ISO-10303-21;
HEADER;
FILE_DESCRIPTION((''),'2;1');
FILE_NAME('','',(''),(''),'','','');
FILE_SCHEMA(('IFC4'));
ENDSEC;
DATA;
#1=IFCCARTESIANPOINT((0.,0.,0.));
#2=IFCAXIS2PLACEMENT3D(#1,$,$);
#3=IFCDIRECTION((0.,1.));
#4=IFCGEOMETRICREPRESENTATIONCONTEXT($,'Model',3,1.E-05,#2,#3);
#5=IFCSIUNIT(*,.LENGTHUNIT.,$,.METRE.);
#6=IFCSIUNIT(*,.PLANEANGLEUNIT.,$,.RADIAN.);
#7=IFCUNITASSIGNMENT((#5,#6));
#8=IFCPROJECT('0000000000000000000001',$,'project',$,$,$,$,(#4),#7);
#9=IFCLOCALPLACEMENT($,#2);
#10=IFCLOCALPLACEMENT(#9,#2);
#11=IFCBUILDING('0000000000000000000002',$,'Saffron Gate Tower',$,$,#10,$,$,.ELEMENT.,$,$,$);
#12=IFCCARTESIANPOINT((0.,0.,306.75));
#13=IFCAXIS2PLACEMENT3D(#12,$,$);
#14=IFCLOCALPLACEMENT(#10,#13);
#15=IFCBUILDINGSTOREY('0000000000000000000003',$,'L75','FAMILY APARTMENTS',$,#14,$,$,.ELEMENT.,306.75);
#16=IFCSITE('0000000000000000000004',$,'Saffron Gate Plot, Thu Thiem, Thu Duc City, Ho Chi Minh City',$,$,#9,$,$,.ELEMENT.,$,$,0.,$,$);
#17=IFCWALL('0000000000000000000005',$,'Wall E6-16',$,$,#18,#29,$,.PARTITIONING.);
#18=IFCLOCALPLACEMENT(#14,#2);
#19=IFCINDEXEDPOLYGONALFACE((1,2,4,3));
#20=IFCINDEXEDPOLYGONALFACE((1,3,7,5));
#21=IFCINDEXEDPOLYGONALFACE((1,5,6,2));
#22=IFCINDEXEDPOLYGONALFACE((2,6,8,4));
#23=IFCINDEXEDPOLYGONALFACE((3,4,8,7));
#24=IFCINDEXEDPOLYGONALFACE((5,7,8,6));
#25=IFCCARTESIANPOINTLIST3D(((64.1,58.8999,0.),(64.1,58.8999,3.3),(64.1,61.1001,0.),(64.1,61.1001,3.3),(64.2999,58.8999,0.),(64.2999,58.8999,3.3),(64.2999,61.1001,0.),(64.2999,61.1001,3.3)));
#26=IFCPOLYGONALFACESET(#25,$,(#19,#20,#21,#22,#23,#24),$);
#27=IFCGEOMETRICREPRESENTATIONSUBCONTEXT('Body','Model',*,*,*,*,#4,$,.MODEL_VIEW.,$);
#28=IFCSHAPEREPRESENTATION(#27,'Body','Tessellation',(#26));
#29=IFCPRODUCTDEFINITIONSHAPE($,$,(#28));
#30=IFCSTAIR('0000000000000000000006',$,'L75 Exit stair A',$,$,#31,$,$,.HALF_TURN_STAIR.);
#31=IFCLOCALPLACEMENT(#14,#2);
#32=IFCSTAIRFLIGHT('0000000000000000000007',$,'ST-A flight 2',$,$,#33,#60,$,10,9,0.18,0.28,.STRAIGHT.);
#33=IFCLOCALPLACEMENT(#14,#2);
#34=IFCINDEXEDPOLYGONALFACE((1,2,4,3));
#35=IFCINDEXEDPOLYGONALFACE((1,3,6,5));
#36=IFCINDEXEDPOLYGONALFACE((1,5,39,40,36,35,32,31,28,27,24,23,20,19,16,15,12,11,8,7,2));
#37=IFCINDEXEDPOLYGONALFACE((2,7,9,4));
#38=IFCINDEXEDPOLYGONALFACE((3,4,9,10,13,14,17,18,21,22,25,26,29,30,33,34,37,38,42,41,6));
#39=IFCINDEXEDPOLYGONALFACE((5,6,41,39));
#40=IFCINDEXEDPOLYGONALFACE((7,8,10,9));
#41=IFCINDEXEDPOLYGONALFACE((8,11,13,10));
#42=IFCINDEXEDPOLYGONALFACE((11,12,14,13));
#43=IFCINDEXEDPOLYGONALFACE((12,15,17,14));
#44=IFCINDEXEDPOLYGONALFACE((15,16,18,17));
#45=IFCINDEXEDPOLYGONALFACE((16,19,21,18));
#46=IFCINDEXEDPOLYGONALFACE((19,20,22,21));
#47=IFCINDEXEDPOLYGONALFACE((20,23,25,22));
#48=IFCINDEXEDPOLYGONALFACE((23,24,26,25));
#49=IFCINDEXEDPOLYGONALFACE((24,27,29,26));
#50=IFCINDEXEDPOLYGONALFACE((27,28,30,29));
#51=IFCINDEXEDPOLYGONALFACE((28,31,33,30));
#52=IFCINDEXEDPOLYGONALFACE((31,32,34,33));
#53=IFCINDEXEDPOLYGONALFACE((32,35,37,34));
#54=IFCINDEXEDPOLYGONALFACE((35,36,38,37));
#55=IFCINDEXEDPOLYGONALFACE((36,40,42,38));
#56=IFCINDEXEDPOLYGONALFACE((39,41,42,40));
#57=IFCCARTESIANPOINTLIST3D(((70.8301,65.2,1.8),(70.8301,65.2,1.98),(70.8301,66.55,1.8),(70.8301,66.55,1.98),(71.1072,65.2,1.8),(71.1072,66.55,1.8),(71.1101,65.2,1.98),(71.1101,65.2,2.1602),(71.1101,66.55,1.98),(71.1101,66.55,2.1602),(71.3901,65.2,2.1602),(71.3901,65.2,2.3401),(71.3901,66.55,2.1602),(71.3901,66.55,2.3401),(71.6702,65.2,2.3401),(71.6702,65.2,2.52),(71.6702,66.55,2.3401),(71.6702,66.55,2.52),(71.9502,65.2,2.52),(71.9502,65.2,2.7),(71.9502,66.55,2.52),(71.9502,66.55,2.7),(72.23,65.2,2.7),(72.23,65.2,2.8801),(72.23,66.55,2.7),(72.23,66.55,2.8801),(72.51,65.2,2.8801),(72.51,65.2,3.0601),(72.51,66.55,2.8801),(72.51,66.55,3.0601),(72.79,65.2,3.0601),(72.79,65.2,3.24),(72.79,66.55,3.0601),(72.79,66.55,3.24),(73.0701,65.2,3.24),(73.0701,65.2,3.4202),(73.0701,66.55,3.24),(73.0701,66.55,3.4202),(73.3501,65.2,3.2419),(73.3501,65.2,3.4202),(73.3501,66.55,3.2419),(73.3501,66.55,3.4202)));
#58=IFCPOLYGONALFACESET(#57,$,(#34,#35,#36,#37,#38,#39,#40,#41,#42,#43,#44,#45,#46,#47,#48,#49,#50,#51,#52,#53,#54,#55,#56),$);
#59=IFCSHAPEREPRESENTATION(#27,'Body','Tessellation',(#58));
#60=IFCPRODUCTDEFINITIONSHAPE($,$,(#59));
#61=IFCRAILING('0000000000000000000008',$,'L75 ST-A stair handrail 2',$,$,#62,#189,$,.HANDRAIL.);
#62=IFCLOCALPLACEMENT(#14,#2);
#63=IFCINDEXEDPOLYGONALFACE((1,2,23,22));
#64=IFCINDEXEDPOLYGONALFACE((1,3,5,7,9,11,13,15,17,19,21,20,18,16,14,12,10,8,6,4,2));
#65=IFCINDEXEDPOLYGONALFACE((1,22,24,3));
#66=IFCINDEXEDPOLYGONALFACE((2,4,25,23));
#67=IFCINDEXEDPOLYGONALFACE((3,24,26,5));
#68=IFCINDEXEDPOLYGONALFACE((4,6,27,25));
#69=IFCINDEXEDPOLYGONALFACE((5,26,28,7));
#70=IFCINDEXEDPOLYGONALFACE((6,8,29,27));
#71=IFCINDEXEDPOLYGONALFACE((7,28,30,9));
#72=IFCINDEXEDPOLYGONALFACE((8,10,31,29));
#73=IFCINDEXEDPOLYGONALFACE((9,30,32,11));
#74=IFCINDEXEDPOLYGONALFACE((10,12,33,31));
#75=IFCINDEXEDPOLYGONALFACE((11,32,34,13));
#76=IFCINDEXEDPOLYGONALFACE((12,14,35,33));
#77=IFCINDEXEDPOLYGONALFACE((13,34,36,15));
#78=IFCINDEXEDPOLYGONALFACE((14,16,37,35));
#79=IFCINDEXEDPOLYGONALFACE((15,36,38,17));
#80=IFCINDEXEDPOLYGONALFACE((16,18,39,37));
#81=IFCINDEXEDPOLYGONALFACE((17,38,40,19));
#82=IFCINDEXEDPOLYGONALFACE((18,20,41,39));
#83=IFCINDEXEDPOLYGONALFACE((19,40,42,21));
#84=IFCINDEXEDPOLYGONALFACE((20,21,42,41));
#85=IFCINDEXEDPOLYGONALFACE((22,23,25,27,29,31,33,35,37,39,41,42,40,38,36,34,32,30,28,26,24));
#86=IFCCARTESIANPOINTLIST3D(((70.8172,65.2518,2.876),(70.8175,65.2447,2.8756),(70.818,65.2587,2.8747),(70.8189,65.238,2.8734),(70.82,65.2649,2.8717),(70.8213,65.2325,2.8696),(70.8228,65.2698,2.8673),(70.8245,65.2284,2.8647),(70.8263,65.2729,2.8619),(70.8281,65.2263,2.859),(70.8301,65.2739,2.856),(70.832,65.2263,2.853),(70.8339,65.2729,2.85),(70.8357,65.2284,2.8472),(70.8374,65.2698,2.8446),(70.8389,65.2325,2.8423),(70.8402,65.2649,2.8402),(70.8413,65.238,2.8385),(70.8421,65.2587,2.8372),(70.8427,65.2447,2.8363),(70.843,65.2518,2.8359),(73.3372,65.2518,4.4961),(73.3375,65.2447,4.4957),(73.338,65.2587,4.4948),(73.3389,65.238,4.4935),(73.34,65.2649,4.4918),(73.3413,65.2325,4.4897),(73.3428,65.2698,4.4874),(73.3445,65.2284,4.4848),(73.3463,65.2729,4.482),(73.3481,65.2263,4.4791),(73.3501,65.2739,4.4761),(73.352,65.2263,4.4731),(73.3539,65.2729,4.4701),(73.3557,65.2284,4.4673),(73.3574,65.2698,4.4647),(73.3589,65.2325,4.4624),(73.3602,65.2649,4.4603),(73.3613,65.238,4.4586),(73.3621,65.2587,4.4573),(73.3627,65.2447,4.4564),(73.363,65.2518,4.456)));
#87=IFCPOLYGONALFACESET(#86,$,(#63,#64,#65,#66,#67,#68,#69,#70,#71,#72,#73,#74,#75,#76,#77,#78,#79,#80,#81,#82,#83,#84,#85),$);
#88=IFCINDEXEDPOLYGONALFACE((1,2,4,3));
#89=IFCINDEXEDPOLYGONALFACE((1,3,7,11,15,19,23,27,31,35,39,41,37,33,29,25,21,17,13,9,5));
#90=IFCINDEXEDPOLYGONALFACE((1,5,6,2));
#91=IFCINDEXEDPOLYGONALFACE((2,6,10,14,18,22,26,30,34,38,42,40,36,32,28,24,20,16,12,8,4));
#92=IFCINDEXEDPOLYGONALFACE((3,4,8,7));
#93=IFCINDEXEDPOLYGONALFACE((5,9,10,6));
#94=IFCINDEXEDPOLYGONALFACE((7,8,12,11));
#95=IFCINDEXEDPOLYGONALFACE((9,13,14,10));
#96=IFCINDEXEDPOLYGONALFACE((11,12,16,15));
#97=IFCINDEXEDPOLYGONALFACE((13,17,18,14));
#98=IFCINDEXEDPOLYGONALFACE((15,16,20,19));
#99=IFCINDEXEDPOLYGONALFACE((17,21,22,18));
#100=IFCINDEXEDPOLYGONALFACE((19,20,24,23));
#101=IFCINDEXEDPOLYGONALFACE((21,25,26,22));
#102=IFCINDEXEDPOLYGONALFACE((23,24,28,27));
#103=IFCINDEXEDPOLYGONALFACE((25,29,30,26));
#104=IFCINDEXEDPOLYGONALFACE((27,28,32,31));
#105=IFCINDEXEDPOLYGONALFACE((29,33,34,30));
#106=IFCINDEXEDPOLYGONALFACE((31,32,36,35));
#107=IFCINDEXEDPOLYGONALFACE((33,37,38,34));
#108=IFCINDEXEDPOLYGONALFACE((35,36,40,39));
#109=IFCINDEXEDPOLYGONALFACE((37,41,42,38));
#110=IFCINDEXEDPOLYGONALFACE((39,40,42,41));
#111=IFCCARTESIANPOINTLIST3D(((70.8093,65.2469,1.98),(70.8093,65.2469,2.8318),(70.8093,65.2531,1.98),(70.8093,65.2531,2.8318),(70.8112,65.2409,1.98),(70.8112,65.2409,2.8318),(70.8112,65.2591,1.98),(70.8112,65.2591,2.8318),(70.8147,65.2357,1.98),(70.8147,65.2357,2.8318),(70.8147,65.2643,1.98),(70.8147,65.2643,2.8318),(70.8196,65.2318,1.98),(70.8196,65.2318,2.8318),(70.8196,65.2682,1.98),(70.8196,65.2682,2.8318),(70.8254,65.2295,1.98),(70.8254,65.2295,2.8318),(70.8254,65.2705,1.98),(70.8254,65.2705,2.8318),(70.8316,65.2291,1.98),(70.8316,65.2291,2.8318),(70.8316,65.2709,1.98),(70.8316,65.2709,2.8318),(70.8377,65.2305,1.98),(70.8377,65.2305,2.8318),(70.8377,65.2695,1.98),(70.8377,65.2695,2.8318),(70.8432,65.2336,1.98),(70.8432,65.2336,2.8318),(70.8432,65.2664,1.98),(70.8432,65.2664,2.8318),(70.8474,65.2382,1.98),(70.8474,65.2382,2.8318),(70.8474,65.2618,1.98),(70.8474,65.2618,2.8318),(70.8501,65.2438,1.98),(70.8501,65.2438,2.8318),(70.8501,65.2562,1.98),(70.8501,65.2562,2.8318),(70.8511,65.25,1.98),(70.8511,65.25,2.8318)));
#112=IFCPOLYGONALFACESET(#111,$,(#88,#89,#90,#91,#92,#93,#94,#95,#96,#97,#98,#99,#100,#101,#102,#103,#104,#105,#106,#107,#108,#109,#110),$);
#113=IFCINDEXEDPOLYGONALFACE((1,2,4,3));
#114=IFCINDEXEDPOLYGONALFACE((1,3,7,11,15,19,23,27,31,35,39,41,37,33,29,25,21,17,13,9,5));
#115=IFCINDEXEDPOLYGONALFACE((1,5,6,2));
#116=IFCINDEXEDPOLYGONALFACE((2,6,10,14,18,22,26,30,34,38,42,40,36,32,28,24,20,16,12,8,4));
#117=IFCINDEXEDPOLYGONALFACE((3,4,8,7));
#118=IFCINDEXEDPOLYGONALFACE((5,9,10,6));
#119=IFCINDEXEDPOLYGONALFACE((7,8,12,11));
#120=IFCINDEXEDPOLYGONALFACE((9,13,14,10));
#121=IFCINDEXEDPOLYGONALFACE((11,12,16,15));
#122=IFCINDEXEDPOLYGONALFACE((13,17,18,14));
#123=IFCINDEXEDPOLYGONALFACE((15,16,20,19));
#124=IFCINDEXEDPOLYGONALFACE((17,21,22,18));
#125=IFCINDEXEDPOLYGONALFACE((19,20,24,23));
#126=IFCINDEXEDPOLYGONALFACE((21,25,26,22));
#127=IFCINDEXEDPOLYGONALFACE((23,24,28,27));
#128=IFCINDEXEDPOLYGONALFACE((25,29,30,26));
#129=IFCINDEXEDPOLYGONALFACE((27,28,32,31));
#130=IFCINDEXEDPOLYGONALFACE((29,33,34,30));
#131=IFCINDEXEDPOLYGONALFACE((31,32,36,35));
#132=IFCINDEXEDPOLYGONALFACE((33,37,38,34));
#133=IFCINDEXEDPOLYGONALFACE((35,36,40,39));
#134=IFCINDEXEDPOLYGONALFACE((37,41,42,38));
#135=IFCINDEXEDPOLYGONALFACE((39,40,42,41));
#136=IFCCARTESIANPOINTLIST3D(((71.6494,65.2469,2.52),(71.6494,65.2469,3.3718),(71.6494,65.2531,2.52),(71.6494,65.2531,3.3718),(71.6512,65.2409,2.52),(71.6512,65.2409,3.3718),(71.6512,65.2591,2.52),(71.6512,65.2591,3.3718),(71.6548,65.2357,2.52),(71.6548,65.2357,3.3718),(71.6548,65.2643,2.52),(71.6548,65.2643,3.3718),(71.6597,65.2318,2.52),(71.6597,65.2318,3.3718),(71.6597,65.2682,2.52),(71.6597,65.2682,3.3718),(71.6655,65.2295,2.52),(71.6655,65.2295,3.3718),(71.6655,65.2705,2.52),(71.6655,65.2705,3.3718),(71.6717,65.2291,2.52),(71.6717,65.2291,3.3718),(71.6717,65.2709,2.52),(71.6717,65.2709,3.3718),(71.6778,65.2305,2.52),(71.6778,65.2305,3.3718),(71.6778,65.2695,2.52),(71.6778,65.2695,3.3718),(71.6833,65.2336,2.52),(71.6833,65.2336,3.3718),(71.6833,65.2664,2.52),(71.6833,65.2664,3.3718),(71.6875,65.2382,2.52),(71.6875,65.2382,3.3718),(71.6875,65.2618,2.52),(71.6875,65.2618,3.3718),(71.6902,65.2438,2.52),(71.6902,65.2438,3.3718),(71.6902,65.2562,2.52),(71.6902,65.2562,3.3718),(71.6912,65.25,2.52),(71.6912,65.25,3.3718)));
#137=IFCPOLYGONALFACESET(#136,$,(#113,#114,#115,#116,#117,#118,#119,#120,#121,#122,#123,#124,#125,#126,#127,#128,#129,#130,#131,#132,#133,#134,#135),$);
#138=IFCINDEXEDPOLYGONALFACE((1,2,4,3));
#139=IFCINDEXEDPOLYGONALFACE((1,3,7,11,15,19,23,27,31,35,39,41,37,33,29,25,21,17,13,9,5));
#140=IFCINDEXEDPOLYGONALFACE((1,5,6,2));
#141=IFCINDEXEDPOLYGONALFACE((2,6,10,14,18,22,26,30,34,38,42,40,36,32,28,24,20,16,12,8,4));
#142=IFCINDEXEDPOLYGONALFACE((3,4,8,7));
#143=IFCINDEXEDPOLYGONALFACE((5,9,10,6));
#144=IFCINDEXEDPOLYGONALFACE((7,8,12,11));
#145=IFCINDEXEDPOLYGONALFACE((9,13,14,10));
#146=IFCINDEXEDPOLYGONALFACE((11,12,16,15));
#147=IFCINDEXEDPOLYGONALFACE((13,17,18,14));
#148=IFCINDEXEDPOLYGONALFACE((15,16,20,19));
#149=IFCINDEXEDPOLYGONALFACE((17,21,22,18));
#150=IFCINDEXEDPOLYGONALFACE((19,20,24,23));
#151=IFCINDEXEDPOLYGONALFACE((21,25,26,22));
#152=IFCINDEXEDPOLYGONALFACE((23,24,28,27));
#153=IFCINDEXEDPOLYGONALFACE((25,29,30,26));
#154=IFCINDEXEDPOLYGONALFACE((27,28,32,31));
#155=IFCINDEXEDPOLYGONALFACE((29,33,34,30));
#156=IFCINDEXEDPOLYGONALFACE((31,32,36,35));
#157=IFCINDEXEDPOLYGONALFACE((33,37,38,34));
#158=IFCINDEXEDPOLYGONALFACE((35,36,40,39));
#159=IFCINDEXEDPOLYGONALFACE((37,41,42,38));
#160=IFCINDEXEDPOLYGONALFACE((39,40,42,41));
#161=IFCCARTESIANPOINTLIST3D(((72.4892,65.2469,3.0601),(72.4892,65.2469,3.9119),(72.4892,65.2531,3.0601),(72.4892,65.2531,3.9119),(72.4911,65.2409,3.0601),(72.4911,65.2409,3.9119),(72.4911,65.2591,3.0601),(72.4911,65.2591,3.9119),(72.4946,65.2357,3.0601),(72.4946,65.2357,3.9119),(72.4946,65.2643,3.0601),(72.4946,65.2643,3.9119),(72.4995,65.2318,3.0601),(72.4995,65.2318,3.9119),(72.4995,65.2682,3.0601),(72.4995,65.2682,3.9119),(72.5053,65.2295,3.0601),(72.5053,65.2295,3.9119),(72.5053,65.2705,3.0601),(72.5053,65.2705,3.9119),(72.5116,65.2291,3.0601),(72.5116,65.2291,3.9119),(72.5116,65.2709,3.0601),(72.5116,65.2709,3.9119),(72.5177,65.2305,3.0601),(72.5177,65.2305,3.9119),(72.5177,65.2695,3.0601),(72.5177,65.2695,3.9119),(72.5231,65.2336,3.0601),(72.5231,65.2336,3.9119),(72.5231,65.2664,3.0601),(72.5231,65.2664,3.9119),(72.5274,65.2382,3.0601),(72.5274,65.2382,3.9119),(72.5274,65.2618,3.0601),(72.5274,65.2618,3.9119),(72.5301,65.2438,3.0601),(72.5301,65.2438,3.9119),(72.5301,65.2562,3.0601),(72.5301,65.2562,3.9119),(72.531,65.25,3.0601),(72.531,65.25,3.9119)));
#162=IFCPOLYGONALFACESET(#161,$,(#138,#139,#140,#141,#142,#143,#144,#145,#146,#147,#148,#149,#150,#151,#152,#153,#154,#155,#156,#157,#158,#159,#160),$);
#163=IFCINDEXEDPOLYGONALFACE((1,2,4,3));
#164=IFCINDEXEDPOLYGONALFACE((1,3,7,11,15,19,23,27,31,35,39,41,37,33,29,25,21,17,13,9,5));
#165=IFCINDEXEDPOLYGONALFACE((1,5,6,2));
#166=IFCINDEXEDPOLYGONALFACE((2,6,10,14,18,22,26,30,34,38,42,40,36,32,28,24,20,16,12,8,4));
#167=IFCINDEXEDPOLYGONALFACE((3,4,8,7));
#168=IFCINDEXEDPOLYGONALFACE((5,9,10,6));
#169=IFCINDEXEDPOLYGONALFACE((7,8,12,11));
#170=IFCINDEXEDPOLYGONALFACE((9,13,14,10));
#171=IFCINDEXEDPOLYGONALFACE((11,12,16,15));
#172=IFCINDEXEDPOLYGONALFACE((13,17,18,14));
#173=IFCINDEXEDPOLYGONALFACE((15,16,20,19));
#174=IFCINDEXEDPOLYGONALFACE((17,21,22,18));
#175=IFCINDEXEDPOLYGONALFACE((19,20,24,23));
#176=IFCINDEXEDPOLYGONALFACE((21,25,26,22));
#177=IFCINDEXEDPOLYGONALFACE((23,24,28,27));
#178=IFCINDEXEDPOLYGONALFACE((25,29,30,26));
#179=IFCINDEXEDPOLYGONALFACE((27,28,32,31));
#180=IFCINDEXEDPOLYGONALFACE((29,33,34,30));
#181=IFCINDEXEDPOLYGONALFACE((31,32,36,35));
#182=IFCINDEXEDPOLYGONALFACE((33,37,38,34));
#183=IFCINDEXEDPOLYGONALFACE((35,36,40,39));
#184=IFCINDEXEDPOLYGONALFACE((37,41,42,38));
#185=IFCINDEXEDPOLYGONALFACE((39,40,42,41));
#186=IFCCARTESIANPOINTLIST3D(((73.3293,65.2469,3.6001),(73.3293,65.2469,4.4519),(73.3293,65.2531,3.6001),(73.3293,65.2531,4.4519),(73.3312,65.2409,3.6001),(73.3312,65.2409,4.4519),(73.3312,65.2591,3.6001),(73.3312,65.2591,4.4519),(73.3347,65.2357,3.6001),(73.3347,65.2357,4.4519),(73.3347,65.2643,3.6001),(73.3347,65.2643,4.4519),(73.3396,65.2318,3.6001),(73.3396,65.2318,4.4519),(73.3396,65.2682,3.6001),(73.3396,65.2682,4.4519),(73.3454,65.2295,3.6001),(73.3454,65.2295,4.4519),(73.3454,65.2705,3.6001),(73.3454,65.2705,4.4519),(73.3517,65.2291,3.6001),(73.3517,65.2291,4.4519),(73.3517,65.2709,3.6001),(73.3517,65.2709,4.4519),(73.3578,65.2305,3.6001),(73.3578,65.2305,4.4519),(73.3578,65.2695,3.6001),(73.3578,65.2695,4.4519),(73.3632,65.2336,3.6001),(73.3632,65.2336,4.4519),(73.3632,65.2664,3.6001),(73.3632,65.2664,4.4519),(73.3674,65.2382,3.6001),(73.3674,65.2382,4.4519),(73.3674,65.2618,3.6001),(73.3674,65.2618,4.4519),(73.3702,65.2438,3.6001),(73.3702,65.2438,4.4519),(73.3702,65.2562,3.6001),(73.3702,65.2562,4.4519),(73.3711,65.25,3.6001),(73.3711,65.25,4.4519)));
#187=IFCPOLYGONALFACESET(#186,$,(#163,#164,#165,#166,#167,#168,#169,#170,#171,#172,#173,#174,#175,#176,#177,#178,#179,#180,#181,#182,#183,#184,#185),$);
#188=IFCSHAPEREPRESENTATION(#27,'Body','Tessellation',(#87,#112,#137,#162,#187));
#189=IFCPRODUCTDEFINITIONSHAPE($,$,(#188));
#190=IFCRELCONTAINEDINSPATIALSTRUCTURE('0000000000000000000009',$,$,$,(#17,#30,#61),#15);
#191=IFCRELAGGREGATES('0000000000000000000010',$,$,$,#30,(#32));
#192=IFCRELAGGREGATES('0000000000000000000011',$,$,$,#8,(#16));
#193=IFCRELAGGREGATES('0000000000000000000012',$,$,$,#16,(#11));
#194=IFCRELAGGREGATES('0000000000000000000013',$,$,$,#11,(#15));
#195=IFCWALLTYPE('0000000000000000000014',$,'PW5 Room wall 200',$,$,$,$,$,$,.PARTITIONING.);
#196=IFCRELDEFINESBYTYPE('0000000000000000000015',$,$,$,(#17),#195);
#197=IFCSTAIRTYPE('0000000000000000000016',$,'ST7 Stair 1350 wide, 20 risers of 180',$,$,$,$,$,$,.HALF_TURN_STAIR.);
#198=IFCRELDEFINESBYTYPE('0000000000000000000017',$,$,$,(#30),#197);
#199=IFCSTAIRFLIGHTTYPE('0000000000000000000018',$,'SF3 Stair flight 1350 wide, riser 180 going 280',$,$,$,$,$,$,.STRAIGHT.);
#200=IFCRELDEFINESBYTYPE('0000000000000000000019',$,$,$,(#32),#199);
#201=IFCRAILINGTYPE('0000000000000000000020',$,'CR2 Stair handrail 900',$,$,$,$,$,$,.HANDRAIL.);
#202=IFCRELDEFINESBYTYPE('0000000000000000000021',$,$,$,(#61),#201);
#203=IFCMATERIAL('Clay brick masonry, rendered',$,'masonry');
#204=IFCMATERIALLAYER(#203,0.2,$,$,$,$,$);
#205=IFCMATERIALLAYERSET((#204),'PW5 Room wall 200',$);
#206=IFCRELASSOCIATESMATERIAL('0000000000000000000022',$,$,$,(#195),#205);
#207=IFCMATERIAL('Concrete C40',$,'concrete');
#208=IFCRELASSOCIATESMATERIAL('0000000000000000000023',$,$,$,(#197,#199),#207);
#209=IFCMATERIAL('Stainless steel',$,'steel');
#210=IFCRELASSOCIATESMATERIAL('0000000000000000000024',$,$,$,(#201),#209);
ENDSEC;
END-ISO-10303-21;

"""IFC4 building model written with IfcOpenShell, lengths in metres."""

from ifc_helpers import new_model, si_unit, direction, frame, frame_2d, origin, origin_2d, place, context, subcontext, project, spatial, polyline, rectangle, circle, outline, extrude, material, layer, layer_set, type_object, element, aggregate, save


model = new_model("IFC4")

# Units and contexts
model_context = context("Model", 3, precision=1e-05, world=origin(), true_north=direction((0.0, 1.0)))
body_context = subcontext(model_context, "Body", "Model", "MODEL_VIEW")
ifc_project = project(units=[si_unit("LENGTHUNIT", "METRE"), si_unit("PLANEANGLEUNIT", "RADIAN")], contexts=[model_context])

# Site, building, storey
site_placement = place(None, origin())
site = spatial("IfcSite", under=ifc_project, at=site_placement, Name="Saffron Gate Plot, Thu Thiem, Thu Duc City, Ho Chi Minh City", CompositionType="ELEMENT", RefElevation=0.0)
building_placement = place(site_placement, origin())
building = spatial("IfcBuilding", under=site, at=building_placement, Name="Saffron Gate Tower", CompositionType="ELEMENT")
storey_placement = place(building_placement, frame((0.0, 0.0, 306.75)))
storey = spatial("IfcBuildingStorey", under=building, at=storey_placement, Name="L75", Description="FAMILY APARTMENTS", CompositionType="ELEMENT", Elevation=306.75)

# Shared definitions
ifc_material_1 = material(Name="Clay brick masonry, rendered", Category="masonry")

# Wall
ifc_layer_1 = layer(ifc_material_1, 0.2)
ifc_layer_set_1 = layer_set([ifc_layer_1], Name="PW5 Room wall 200")
wall_type_1 = type_object("IfcWallType", Name="PW5 Room wall 200", PredefinedType="PARTITIONING", material=ifc_layer_set_1)
wall_1_placement = place(storey_placement, frame((64.2, 61.1001, 0.0), z_axis=(0.0, 0.0, 1.0), x_axis=(0.0, -1.0, 0.0)))
element("IfcWall", 1, at=wall_1_placement, inside=storey, type_object=wall_type_1, Name="Wall E6-16", PredefinedType="PARTITIONING", context=body_context, shape_type="SweptSolid", body=[
    extrude(rectangle(XDim=2.2002, YDim=0.2, at=frame_2d((1.1001, 0.0))), origin(), (0.0, 0.0, 1.0), 3.3),
])

# Stair, stair flight
ifc_material_2 = material(Name="Concrete C40", Category="concrete")
stair_type = type_object("IfcStairType", Name="ST7 Stair 1350 wide, 20 risers of 180", PredefinedType="HALF_TURN_STAIR", material=ifc_material_2)
stair_placement = place(storey_placement, origin())
stair = element("IfcStair", 2, at=stair_placement, inside=storey, type_object=stair_type, Name="L75 Exit stair A", PredefinedType="HALF_TURN_STAIR")
stair_flight_type = type_object("IfcStairFlightType", Name="SF3 Stair flight 1350 wide, riser 180 going 280", PredefinedType="STRAIGHT", material=ifc_material_2)
stair_flight_placement = place(storey_placement, frame((70.8301, 65.875, 1.8), z_axis=(0.0, 0.0, 1.0), x_axis=(1.0, 0.0, 0.0)))
stair_flight = element("IfcStairFlight", 3, at=stair_flight_placement, type_object=stair_flight_type, Name="ST-A flight 2", NumberOfRisers=10, NumberOfTreads=9, PredefinedType="STRAIGHT", RiserHeight=0.18, TreadLength=0.28, context=body_context, shape_type="SweptSolid", body=[
    extrude(outline(polyline([(0.0, 0.0), (0.0, 0.1799), (0.28, 0.1799), (0.28, 0.3601), (0.5601, 0.3601), (0.5601, 0.54), (0.8401, 0.54), (0.8401, 0.72), (1.1201, 0.72), (1.1201, 0.8999), (1.3999, 0.8999), (1.3999, 1.0801), (1.6799, 1.0801), (1.6799, 1.26), (1.96, 1.26), (1.96, 1.4399), (2.24, 1.4399), (2.24, 1.6201), (2.52, 1.6201), (2.52, 1.8), (2.52, 1.4419), (0.2771, 0.0), (0.0, 0.0)])), frame((0.0, 0.675, 0.0), z_axis=(0.0, -1.0, 0.0), x_axis=(1.0, 0.0, 0.0)), (0.0, 0.0, 1.0), 1.3501),
])
aggregate(stair, [stair_flight])

# Railing
ifc_material_3 = material(Name="Stainless steel", Category="steel")
railing_type = type_object("IfcRailingType", Name="CR2 Stair handrail 900", PredefinedType="HANDRAIL", material=ifc_material_3)
railing_placement = place(storey_placement, frame((70.8301, 65.25, 1.98)))
element("IfcRailing", 4, at=railing_placement, inside=storey, type_object=railing_type, Name="L75 ST-A stair handrail 2", PredefinedType="HANDRAIL", context=body_context, shape_type="SweptSolid", body=[
    extrude(circle(Radius=0.0239, at=origin_2d()), frame((0.0, 0.0, 0.876), z_axis=(0.841163, 0.0, 0.540782), x_axis=(0.0, 1.0, 0.0)), (0.0, 0.0, 1.0), 2.9958),
    extrude(circle(Radius=0.021, at=origin_2d()), origin(), (0.0, 0.0, 1.0), 0.8518),
    extrude(circle(Radius=0.021, at=origin_2d()), frame((0.8401, 0.0, 0.54)), (0.0, 0.0, 1.0), 0.8518),
    extrude(circle(Radius=0.021, at=origin_2d()), frame((1.6799, 0.0, 1.0801)), (0.0, 0.0, 1.0), 0.8518),
    extrude(circle(Radius=0.021, at=origin_2d()), frame((2.52, 0.0, 1.6201)), (0.0, 0.0, 1.0), 0.8518),
])

save(model, "model.ifc")
